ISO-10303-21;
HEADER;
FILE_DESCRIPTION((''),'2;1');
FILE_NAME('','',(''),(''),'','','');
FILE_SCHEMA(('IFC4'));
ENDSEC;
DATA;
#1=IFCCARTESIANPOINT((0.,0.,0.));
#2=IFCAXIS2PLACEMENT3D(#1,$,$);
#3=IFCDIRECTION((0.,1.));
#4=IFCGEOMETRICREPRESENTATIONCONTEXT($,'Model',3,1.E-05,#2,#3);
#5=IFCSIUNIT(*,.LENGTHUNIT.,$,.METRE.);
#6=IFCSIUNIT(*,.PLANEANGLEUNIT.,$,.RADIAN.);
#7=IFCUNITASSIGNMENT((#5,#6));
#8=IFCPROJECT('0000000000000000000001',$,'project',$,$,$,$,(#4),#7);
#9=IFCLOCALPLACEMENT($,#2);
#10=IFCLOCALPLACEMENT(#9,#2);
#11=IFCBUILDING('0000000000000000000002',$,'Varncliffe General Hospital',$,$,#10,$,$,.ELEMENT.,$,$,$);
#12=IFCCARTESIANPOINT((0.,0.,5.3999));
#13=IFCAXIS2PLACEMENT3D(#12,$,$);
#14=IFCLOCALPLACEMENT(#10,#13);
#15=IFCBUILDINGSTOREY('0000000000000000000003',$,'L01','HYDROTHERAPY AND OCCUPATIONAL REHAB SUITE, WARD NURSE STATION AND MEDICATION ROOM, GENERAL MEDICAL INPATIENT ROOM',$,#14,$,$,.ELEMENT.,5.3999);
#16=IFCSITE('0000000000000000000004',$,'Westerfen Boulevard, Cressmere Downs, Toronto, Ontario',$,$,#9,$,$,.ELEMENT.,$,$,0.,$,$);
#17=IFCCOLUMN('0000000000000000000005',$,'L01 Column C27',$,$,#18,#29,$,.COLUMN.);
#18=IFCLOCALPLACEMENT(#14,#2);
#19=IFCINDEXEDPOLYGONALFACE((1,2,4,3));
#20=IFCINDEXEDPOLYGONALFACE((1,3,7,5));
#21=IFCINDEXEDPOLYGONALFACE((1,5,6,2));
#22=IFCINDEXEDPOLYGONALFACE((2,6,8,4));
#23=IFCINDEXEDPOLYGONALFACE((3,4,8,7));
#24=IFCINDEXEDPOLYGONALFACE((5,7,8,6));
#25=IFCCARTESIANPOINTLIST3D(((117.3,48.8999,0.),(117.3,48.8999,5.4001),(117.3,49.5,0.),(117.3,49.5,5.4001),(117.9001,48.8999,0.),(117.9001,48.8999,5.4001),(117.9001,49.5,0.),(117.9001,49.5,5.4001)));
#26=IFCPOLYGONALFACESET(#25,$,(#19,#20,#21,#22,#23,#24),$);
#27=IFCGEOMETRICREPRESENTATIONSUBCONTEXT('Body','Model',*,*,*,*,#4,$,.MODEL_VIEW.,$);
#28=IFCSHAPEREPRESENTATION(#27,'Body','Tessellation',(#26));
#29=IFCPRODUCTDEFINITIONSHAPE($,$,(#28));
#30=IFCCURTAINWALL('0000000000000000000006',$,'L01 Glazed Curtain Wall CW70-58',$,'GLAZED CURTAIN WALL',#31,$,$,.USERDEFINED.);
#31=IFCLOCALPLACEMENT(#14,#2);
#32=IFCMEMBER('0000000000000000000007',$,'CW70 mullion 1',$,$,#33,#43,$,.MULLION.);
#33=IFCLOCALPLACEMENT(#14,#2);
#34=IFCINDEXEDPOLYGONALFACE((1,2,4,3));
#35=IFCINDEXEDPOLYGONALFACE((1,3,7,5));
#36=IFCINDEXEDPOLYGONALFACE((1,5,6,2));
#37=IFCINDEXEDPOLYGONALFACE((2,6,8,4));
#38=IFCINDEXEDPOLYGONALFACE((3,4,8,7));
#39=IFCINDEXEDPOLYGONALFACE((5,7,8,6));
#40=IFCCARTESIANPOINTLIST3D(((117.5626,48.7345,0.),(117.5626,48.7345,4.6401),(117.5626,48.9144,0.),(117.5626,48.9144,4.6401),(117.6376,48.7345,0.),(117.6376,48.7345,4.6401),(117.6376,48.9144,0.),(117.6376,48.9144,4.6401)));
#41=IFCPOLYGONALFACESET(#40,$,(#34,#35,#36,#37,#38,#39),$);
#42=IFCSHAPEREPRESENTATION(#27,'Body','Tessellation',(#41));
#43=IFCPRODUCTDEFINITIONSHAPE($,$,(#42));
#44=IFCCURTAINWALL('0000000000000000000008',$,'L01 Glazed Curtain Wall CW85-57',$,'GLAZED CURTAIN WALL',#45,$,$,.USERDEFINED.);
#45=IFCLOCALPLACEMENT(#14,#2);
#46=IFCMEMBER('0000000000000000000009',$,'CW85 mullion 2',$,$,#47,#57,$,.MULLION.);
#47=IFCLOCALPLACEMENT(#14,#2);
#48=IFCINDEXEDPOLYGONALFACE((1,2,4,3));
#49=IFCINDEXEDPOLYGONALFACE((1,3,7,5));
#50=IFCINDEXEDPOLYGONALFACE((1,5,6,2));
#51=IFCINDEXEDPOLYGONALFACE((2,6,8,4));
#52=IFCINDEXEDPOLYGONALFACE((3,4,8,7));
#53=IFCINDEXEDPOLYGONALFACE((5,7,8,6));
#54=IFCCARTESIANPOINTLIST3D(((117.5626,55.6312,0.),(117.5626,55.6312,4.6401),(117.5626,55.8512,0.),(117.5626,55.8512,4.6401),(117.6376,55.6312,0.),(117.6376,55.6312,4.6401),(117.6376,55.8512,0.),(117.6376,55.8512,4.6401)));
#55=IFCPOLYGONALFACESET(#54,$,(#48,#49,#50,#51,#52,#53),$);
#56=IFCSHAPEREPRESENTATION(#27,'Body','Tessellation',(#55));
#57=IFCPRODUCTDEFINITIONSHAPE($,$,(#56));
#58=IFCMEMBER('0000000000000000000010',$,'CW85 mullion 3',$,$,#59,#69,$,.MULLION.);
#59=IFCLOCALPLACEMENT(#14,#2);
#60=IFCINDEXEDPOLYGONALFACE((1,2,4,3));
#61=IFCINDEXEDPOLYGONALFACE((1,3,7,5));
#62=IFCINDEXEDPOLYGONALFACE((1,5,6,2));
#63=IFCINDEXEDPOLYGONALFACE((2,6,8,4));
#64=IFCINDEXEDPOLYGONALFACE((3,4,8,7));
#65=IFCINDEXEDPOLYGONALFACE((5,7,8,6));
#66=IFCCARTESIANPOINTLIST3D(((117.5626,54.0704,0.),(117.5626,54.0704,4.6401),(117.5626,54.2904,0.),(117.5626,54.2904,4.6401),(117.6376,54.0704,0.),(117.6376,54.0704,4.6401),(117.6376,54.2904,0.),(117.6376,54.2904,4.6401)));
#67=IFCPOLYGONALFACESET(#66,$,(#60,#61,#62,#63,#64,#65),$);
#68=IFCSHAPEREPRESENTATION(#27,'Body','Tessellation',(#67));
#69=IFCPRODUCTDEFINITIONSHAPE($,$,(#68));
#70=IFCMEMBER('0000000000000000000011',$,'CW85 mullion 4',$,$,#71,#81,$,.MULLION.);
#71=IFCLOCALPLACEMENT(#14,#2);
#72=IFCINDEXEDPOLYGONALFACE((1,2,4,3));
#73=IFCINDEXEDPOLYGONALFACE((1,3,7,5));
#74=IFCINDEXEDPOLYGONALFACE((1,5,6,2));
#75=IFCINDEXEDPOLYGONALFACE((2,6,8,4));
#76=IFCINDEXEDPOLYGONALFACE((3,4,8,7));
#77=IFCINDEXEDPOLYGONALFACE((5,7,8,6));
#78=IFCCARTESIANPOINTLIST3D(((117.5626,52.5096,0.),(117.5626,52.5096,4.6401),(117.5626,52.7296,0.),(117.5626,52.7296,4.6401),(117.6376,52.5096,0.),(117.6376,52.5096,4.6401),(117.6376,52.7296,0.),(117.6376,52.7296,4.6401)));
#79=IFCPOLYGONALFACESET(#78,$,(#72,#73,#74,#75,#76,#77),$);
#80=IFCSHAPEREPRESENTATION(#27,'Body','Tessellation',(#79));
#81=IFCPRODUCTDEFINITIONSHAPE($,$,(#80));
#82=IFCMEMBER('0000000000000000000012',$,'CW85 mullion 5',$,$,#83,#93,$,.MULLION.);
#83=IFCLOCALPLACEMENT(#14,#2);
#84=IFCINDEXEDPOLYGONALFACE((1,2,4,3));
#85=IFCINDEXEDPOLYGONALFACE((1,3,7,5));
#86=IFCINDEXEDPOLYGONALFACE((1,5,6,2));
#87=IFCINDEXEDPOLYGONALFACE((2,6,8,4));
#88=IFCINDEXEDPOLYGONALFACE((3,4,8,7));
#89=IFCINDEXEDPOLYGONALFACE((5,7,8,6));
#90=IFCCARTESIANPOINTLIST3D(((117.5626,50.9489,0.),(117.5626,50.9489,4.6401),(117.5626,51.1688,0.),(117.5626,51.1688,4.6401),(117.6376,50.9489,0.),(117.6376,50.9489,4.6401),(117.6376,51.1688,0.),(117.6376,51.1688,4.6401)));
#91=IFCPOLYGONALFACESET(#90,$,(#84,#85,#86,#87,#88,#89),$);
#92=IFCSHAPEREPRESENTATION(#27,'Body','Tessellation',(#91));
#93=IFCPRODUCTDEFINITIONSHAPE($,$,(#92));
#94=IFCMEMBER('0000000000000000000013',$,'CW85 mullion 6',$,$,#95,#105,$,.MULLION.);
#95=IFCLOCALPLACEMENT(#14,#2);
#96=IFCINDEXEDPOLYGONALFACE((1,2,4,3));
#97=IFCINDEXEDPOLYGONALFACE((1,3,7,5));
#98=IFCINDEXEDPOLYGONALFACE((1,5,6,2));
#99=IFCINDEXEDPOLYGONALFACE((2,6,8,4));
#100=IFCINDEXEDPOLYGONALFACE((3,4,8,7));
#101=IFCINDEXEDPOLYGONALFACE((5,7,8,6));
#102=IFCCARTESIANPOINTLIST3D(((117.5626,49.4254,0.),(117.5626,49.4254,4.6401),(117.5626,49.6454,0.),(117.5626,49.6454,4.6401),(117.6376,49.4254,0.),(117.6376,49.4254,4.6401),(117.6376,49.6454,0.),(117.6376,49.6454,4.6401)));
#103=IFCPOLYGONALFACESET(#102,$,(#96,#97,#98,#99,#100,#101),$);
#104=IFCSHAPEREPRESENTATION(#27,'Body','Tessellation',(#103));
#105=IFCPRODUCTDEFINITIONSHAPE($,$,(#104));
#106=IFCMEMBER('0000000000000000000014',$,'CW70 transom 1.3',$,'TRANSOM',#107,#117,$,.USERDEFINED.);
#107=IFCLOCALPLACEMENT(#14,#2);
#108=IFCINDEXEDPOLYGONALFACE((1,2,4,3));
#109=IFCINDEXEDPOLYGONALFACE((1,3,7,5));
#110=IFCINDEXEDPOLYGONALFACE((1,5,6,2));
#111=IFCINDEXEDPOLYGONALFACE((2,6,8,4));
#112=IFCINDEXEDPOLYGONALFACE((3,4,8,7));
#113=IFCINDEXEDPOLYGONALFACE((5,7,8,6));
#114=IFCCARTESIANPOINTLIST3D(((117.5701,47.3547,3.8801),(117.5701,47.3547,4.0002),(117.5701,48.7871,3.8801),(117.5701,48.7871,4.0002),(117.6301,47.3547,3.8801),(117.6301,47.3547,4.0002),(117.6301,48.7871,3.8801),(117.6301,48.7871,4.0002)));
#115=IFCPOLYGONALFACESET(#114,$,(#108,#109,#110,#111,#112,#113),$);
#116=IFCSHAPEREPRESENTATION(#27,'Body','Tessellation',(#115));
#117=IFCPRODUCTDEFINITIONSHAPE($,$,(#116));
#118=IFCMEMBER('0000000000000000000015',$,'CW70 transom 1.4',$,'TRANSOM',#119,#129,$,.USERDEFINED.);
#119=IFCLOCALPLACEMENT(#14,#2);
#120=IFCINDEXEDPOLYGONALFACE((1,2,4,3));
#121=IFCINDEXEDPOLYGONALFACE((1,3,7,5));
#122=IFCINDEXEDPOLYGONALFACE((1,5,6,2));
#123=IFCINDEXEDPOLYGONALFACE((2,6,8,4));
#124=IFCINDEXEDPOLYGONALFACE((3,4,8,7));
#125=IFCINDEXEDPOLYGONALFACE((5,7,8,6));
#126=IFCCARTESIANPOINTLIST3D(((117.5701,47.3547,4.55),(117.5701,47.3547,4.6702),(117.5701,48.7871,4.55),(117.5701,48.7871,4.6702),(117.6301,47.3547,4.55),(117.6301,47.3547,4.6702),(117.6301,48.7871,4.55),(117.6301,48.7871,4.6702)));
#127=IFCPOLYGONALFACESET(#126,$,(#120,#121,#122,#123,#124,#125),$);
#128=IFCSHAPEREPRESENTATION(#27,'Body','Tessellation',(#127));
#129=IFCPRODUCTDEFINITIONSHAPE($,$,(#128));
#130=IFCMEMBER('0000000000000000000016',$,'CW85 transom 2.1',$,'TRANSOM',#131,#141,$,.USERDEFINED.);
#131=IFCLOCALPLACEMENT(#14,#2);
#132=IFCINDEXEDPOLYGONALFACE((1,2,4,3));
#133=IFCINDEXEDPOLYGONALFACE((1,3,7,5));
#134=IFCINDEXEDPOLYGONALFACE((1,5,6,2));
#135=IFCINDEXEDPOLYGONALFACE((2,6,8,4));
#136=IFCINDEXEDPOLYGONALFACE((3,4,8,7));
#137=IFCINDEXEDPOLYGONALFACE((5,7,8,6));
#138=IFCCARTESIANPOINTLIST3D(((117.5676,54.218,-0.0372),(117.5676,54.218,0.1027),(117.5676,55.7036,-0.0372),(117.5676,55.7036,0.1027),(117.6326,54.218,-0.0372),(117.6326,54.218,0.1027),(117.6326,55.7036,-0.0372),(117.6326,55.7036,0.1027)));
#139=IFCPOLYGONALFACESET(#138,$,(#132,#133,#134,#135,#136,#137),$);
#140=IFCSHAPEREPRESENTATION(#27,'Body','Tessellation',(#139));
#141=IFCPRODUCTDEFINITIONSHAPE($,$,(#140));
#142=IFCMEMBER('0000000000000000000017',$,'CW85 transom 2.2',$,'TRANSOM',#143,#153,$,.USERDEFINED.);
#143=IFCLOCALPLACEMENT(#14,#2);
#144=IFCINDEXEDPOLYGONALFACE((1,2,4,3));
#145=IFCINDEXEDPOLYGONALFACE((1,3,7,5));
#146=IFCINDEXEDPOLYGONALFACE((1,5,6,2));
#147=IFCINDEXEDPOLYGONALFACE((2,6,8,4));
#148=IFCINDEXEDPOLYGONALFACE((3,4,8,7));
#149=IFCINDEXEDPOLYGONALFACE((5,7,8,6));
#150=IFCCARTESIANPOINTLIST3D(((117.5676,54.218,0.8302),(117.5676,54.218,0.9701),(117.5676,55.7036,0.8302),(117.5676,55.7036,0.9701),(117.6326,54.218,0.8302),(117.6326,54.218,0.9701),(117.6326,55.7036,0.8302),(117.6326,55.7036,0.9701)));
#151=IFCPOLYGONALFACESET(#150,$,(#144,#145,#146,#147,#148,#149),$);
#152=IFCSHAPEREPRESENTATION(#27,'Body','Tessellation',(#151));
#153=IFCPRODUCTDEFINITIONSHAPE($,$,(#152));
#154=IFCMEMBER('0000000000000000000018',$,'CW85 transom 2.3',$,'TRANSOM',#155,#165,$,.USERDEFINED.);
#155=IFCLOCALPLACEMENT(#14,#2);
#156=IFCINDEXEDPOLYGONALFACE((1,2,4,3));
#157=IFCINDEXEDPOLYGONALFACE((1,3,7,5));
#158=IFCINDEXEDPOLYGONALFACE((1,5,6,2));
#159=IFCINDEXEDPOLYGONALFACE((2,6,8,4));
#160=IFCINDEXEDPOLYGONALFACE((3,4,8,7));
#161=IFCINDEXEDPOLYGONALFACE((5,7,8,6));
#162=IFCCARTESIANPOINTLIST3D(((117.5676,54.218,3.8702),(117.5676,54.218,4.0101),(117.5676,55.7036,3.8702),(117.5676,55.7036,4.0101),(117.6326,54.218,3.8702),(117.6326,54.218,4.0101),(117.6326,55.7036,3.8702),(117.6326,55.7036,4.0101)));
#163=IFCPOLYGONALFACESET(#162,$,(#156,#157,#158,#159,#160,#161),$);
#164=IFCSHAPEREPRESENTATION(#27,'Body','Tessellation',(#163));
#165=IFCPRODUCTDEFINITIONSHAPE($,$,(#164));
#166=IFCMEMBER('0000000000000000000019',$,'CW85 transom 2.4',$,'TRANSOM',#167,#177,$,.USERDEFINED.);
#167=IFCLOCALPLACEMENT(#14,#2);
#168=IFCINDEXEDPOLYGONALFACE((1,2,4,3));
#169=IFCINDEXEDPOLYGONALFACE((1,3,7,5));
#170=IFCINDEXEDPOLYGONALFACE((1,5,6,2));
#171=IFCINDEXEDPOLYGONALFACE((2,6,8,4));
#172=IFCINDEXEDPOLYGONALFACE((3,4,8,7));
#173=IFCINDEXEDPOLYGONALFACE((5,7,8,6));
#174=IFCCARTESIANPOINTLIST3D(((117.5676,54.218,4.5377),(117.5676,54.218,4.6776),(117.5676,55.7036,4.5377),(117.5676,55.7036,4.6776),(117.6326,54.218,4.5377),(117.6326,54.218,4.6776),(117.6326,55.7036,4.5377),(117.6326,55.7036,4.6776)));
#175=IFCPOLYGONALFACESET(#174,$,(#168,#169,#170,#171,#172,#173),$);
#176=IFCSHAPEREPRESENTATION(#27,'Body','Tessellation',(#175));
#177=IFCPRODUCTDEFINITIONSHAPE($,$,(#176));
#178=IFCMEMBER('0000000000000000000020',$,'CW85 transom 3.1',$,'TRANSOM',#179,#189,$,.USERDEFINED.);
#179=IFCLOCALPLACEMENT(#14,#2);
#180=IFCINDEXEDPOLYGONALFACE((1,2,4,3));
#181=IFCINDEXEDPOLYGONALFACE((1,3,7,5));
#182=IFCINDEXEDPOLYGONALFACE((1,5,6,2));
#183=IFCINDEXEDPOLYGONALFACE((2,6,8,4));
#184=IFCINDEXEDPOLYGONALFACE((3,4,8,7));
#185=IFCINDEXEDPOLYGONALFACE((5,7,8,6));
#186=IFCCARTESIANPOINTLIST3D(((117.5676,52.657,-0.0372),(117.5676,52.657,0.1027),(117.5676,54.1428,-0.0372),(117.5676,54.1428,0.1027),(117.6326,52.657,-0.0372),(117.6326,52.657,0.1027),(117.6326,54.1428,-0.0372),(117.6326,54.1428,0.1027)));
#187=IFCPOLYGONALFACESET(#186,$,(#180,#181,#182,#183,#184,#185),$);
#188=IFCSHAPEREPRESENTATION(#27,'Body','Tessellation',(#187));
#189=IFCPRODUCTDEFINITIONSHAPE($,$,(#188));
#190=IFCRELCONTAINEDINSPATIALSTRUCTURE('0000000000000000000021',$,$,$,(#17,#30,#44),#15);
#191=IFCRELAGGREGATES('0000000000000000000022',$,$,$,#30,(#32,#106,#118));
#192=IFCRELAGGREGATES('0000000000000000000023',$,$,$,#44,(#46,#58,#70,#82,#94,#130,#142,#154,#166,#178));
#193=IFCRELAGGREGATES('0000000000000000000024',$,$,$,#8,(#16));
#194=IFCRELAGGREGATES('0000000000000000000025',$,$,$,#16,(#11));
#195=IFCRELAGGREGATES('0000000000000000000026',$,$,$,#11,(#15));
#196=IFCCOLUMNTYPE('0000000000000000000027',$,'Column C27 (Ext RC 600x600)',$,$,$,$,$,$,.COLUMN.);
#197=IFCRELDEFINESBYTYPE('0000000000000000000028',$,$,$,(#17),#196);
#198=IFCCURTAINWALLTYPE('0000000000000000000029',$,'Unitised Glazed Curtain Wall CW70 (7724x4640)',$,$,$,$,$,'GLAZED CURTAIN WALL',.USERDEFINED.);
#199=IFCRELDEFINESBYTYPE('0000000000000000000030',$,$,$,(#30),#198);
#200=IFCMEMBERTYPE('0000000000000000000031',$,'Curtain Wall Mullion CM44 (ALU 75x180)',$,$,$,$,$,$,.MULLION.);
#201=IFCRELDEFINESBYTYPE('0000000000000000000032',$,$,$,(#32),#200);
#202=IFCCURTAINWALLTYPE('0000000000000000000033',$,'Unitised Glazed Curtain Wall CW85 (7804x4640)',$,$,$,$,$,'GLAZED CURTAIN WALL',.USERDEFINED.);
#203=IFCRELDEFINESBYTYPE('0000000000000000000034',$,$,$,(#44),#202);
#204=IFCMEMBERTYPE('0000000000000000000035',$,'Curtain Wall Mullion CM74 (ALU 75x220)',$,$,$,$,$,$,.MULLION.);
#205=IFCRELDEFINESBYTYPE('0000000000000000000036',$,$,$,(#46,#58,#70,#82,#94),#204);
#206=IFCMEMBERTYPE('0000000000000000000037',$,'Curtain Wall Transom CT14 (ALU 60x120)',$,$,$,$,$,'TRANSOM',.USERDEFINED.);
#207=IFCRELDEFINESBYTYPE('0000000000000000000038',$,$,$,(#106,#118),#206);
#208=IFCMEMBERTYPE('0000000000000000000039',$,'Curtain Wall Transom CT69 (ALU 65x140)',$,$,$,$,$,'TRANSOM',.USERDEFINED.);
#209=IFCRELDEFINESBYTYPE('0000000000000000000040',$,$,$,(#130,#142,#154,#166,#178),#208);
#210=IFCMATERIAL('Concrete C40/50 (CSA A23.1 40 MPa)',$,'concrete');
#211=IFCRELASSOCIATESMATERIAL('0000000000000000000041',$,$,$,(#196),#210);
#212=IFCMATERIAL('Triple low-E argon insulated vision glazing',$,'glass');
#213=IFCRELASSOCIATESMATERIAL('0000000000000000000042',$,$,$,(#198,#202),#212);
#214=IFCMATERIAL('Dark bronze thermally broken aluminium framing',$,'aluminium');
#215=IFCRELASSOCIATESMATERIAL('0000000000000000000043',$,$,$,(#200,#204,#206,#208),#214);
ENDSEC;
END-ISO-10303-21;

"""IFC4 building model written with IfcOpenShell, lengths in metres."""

from ifc_helpers import new_model, si_unit, direction, frame, origin, origin_2d, place, context, subcontext, project, spatial, rectangle, extrude, material, material_profile, profile_set, type_object, element, aggregate, save


model = new_model("IFC4")

# Units and contexts
model_context = context("Model", 3, precision=1e-05, world=origin(), true_north=direction((0.0, 1.0)))
body_context = subcontext(model_context, "Body", "Model", "MODEL_VIEW")
ifc_project = project(units=[si_unit("LENGTHUNIT", "METRE"), si_unit("PLANEANGLEUNIT", "RADIAN")], contexts=[model_context])

# Site, building, storey
site_placement = place(None, origin())
site = spatial("IfcSite", under=ifc_project, at=site_placement, Name="Westerfen Boulevard, Cressmere Downs, Toronto, Ontario", CompositionType="ELEMENT", RefElevation=0.0)
building_placement = place(site_placement, origin())
building = spatial("IfcBuilding", under=site, at=building_placement, Name="Varncliffe General Hospital", CompositionType="ELEMENT")
storey_placement = place(building_placement, frame((0.0, 0.0, 5.3999)))
storey = spatial("IfcBuildingStorey", under=building, at=storey_placement, Name="L01", Description="HYDROTHERAPY AND OCCUPATIONAL REHAB SUITE, WARD NURSE STATION AND MEDICATION ROOM, GENERAL MEDICAL INPATIENT ROOM", CompositionType="ELEMENT", Elevation=5.3999)

# Column
ifc_material_1 = material(Name="Concrete C40/50 (CSA A23.1 40 MPa)", Category="concrete")
ifc_material_profile_1 = material_profile(ifc_material_1, rectangle(XDim=0.6001, YDim=0.6001, at=origin_2d()), Name="RC 600x600")
ifc_profile_set_1 = profile_set([ifc_material_profile_1], Name="Concrete C40/50 (CSA A23.1 40 MPa)")
column_type = type_object("IfcColumnType", Name="Column C27 (Ext RC 600x600)", PredefinedType="COLUMN", material=ifc_profile_set_1)
column_placement = place(storey_placement, frame((117.6001, 49.2, 0.0), z_axis=(0.0, 0.0, 1.0), x_axis=(1.0, 0.0, 0.0)))
element("IfcColumn", 1, at=column_placement, inside=storey, type_object=column_type, Name="L01 Column C27", PredefinedType="COLUMN", context=body_context, shape_type="SweptSolid", body=[
    extrude(rectangle(XDim=0.6001, YDim=0.6001, at=origin_2d()), origin(), (0.0, 0.0, 1.0), 5.4001),
])

# Curtain wall, member
ifc_material_2 = material(Name="Triple low-E argon insulated vision glazing", Category="glass")
curtain_wall_type_1 = type_object("IfcCurtainWallType", Name="Unitised Glazed Curtain Wall CW70 (7724x4640)", ElementType="GLAZED CURTAIN WALL", PredefinedType="USERDEFINED", material=ifc_material_2)
curtain_wall_1_placement = place(storey_placement, origin())
curtain_wall_1 = element("IfcCurtainWall", 2, at=curtain_wall_1_placement, inside=storey, type_object=curtain_wall_type_1, Name="L01 Glazed Curtain Wall CW70-58", ObjectType="GLAZED CURTAIN WALL", PredefinedType="USERDEFINED")
ifc_material_3 = material(Name="Dark bronze thermally broken aluminium framing", Category="aluminium")
ifc_material_profile_2 = material_profile(ifc_material_3, rectangle(XDim=0.075, YDim=0.1799, at=origin_2d()), Name="ALU 75x180")
ifc_profile_set_2 = profile_set([ifc_material_profile_2], Name="Dark bronze thermally broken aluminium framing")
member_type_1 = type_object("IfcMemberType", Name="Curtain Wall Mullion CM44 (ALU 75x180)", PredefinedType="MULLION", material=ifc_profile_set_2)
member_1_placement = place(storey_placement, frame((117.6001, 48.8245, 0.0), z_axis=(0.0, 0.0, 1.0), x_axis=(1.0, 0.0, 0.0)))
member_1 = element("IfcMember", 3, at=member_1_placement, type_object=member_type_1, Name="CW70 mullion 1", PredefinedType="MULLION", context=body_context, shape_type="SweptSolid", body=[
    extrude(rectangle(XDim=0.075, YDim=0.1799, at=origin_2d()), origin(), (0.0, 0.0, 1.0), 4.6401),
])

# Curtain wall, members
curtain_wall_type_2 = type_object("IfcCurtainWallType", Name="Unitised Glazed Curtain Wall CW85 (7804x4640)", ElementType="GLAZED CURTAIN WALL", PredefinedType="USERDEFINED", material=ifc_material_2)
curtain_wall_2_placement = place(storey_placement, origin())
curtain_wall_2 = element("IfcCurtainWall", 4, at=curtain_wall_2_placement, inside=storey, type_object=curtain_wall_type_2, Name="L01 Glazed Curtain Wall CW85-57", ObjectType="GLAZED CURTAIN WALL", PredefinedType="USERDEFINED")
ifc_material_profile_3 = material_profile(ifc_material_3, rectangle(XDim=0.075, YDim=0.22, at=origin_2d()), Name="ALU 75x220")
ifc_profile_set_3 = profile_set([ifc_material_profile_3], Name="Dark bronze thermally broken aluminium framing")
member_type_2 = type_object("IfcMemberType", Name="Curtain Wall Mullion CM74 (ALU 75x220)", PredefinedType="MULLION", material=ifc_profile_set_3)
member_2_placement = place(storey_placement, frame((117.6001, 55.7412, 0.0), z_axis=(0.0, 0.0, 1.0), x_axis=(1.0, 0.0, 0.0)))
member_2 = element("IfcMember", 5, at=member_2_placement, type_object=member_type_2, Name="CW85 mullion 2", PredefinedType="MULLION", context=body_context, shape_type="SweptSolid", body=[
    extrude(rectangle(XDim=0.075, YDim=0.22, at=origin_2d()), origin(), (0.0, 0.0, 1.0), 4.6401),
])
member_3_placement = place(storey_placement, frame((117.6001, 54.1804, 0.0), z_axis=(0.0, 0.0, 1.0), x_axis=(1.0, 0.0, 0.0)))
member_3 = element("IfcMember", 6, at=member_3_placement, type_object=member_type_2, Name="CW85 mullion 3", PredefinedType="MULLION", context=body_context, shape_type="SweptSolid", body=[
    extrude(rectangle(XDim=0.075, YDim=0.22, at=origin_2d()), origin(), (0.0, 0.0, 1.0), 4.6401),
])
member_4_placement = place(storey_placement, frame((117.6001, 52.6196, 0.0), z_axis=(0.0, 0.0, 1.0), x_axis=(1.0, 0.0, 0.0)))
member_4 = element("IfcMember", 7, at=member_4_placement, type_object=member_type_2, Name="CW85 mullion 4", PredefinedType="MULLION", context=body_context, shape_type="SweptSolid", body=[
    extrude(rectangle(XDim=0.075, YDim=0.22, at=origin_2d()), origin(), (0.0, 0.0, 1.0), 4.6401),
])
member_5_placement = place(storey_placement, frame((117.6001, 51.0588, 0.0), z_axis=(0.0, 0.0, 1.0), x_axis=(1.0, 0.0, 0.0)))
member_5 = element("IfcMember", 8, at=member_5_placement, type_object=member_type_2, Name="CW85 mullion 5", PredefinedType="MULLION", context=body_context, shape_type="SweptSolid", body=[
    extrude(rectangle(XDim=0.075, YDim=0.22, at=origin_2d()), origin(), (0.0, 0.0, 1.0), 4.6401),
])
member_6_placement = place(storey_placement, frame((117.6001, 49.5354, 0.0), z_axis=(0.0, 0.0, 1.0), x_axis=(1.0, 0.0, 0.0)))
member_6 = element("IfcMember", 9, at=member_6_placement, type_object=member_type_2, Name="CW85 mullion 6", PredefinedType="MULLION", context=body_context, shape_type="SweptSolid", body=[
    extrude(rectangle(XDim=0.075, YDim=0.22, at=origin_2d()), origin(), (0.0, 0.0, 1.0), 4.6401),
])

# Members
ifc_material_profile_4 = material_profile(ifc_material_3, rectangle(XDim=0.0601, YDim=0.1201, at=origin_2d()), Name="ALU 60x120")
ifc_profile_set_4 = profile_set([ifc_material_profile_4], Name="Dark bronze thermally broken aluminium framing")
member_type_3 = type_object("IfcMemberType", Name="Curtain Wall Transom CT14 (ALU 60x120)", ElementType="TRANSOM", PredefinedType="USERDEFINED", material=ifc_profile_set_4)
member_7_placement = place(storey_placement, frame((117.6001, 48.7871, 3.9402), z_axis=(0.0, -1.0, 0.0), x_axis=(1.0, 0.0, 0.0)))
member_7 = element("IfcMember", 10, at=member_7_placement, type_object=member_type_3, Name="CW70 transom 1.3", ObjectType="TRANSOM", PredefinedType="USERDEFINED", context=body_context, shape_type="SweptSolid", body=[
    extrude(rectangle(XDim=0.0601, YDim=0.1201, at=origin_2d()), origin(), (0.0, 0.0, 1.0), 1.4324),
])
member_8_placement = place(storey_placement, frame((117.6001, 48.7871, 4.6101), z_axis=(0.0, -1.0, 0.0), x_axis=(1.0, 0.0, 0.0)))
member_8 = element("IfcMember", 11, at=member_8_placement, type_object=member_type_3, Name="CW70 transom 1.4", ObjectType="TRANSOM", PredefinedType="USERDEFINED", context=body_context, shape_type="SweptSolid", body=[
    extrude(rectangle(XDim=0.0601, YDim=0.1201, at=origin_2d()), origin(), (0.0, 0.0, 1.0), 1.4324),
])
aggregate(curtain_wall_1, [member_1, member_7, member_8])
ifc_material_profile_5 = material_profile(ifc_material_3, rectangle(XDim=0.0649, YDim=0.1399, at=origin_2d()), Name="ALU 65x140")
ifc_profile_set_5 = profile_set([ifc_material_profile_5], Name="Dark bronze thermally broken aluminium framing")
member_type_4 = type_object("IfcMemberType", Name="Curtain Wall Transom CT69 (ALU 65x140)", ElementType="TRANSOM", PredefinedType="USERDEFINED", material=ifc_profile_set_5)
member_9_placement = place(storey_placement, frame((117.6001, 55.7036, 0.0327), z_axis=(0.0, -1.0, 0.0), x_axis=(1.0, 0.0, 0.0)))
member_9 = element("IfcMember", 12, at=member_9_placement, type_object=member_type_4, Name="CW85 transom 2.1", ObjectType="TRANSOM", PredefinedType="USERDEFINED", context=body_context, shape_type="SweptSolid", body=[
    extrude(rectangle(XDim=0.0649, YDim=0.1399, at=origin_2d()), origin(), (0.0, 0.0, 1.0), 1.4856),
])
member_10_placement = place(storey_placement, frame((117.6001, 55.7036, 0.9001), z_axis=(0.0, -1.0, 0.0), x_axis=(1.0, 0.0, 0.0)))
member_10 = element("IfcMember", 13, at=member_10_placement, type_object=member_type_4, Name="CW85 transom 2.2", ObjectType="TRANSOM", PredefinedType="USERDEFINED", context=body_context, shape_type="SweptSolid", body=[
    extrude(rectangle(XDim=0.0649, YDim=0.1399, at=origin_2d()), origin(), (0.0, 0.0, 1.0), 1.4856),
])
member_11_placement = place(storey_placement, frame((117.6001, 55.7036, 3.9402), z_axis=(0.0, -1.0, 0.0), x_axis=(1.0, 0.0, 0.0)))
member_11 = element("IfcMember", 14, at=member_11_placement, type_object=member_type_4, Name="CW85 transom 2.3", ObjectType="TRANSOM", PredefinedType="USERDEFINED", context=body_context, shape_type="SweptSolid", body=[
    extrude(rectangle(XDim=0.0649, YDim=0.1399, at=origin_2d()), origin(), (0.0, 0.0, 1.0), 1.4856),
])
member_12_placement = place(storey_placement, frame((117.6001, 55.7036, 4.6077), z_axis=(0.0, -1.0, 0.0), x_axis=(1.0, 0.0, 0.0)))
member_12 = element("IfcMember", 15, at=member_12_placement, type_object=member_type_4, Name="CW85 transom 2.4", ObjectType="TRANSOM", PredefinedType="USERDEFINED", context=body_context, shape_type="SweptSolid", body=[
    extrude(rectangle(XDim=0.0649, YDim=0.1399, at=origin_2d()), origin(), (0.0, 0.0, 1.0), 1.4856),
])
member_13_placement = place(storey_placement, frame((117.6001, 54.1428, 0.0327), z_axis=(0.0, -1.0, 0.0), x_axis=(1.0, 0.0, 0.0)))
member_13 = element("IfcMember", 16, at=member_13_placement, type_object=member_type_4, Name="CW85 transom 3.1", ObjectType="TRANSOM", PredefinedType="USERDEFINED", context=body_context, shape_type="SweptSolid", body=[
    extrude(rectangle(XDim=0.0649, YDim=0.1399, at=origin_2d()), origin(), (0.0, 0.0, 1.0), 1.4858),
])

aggregate(curtain_wall_2, [member_2, member_3, member_4, member_5, member_6, member_9, member_10, member_11, member_12, member_13])

save(model, "model.ifc")
